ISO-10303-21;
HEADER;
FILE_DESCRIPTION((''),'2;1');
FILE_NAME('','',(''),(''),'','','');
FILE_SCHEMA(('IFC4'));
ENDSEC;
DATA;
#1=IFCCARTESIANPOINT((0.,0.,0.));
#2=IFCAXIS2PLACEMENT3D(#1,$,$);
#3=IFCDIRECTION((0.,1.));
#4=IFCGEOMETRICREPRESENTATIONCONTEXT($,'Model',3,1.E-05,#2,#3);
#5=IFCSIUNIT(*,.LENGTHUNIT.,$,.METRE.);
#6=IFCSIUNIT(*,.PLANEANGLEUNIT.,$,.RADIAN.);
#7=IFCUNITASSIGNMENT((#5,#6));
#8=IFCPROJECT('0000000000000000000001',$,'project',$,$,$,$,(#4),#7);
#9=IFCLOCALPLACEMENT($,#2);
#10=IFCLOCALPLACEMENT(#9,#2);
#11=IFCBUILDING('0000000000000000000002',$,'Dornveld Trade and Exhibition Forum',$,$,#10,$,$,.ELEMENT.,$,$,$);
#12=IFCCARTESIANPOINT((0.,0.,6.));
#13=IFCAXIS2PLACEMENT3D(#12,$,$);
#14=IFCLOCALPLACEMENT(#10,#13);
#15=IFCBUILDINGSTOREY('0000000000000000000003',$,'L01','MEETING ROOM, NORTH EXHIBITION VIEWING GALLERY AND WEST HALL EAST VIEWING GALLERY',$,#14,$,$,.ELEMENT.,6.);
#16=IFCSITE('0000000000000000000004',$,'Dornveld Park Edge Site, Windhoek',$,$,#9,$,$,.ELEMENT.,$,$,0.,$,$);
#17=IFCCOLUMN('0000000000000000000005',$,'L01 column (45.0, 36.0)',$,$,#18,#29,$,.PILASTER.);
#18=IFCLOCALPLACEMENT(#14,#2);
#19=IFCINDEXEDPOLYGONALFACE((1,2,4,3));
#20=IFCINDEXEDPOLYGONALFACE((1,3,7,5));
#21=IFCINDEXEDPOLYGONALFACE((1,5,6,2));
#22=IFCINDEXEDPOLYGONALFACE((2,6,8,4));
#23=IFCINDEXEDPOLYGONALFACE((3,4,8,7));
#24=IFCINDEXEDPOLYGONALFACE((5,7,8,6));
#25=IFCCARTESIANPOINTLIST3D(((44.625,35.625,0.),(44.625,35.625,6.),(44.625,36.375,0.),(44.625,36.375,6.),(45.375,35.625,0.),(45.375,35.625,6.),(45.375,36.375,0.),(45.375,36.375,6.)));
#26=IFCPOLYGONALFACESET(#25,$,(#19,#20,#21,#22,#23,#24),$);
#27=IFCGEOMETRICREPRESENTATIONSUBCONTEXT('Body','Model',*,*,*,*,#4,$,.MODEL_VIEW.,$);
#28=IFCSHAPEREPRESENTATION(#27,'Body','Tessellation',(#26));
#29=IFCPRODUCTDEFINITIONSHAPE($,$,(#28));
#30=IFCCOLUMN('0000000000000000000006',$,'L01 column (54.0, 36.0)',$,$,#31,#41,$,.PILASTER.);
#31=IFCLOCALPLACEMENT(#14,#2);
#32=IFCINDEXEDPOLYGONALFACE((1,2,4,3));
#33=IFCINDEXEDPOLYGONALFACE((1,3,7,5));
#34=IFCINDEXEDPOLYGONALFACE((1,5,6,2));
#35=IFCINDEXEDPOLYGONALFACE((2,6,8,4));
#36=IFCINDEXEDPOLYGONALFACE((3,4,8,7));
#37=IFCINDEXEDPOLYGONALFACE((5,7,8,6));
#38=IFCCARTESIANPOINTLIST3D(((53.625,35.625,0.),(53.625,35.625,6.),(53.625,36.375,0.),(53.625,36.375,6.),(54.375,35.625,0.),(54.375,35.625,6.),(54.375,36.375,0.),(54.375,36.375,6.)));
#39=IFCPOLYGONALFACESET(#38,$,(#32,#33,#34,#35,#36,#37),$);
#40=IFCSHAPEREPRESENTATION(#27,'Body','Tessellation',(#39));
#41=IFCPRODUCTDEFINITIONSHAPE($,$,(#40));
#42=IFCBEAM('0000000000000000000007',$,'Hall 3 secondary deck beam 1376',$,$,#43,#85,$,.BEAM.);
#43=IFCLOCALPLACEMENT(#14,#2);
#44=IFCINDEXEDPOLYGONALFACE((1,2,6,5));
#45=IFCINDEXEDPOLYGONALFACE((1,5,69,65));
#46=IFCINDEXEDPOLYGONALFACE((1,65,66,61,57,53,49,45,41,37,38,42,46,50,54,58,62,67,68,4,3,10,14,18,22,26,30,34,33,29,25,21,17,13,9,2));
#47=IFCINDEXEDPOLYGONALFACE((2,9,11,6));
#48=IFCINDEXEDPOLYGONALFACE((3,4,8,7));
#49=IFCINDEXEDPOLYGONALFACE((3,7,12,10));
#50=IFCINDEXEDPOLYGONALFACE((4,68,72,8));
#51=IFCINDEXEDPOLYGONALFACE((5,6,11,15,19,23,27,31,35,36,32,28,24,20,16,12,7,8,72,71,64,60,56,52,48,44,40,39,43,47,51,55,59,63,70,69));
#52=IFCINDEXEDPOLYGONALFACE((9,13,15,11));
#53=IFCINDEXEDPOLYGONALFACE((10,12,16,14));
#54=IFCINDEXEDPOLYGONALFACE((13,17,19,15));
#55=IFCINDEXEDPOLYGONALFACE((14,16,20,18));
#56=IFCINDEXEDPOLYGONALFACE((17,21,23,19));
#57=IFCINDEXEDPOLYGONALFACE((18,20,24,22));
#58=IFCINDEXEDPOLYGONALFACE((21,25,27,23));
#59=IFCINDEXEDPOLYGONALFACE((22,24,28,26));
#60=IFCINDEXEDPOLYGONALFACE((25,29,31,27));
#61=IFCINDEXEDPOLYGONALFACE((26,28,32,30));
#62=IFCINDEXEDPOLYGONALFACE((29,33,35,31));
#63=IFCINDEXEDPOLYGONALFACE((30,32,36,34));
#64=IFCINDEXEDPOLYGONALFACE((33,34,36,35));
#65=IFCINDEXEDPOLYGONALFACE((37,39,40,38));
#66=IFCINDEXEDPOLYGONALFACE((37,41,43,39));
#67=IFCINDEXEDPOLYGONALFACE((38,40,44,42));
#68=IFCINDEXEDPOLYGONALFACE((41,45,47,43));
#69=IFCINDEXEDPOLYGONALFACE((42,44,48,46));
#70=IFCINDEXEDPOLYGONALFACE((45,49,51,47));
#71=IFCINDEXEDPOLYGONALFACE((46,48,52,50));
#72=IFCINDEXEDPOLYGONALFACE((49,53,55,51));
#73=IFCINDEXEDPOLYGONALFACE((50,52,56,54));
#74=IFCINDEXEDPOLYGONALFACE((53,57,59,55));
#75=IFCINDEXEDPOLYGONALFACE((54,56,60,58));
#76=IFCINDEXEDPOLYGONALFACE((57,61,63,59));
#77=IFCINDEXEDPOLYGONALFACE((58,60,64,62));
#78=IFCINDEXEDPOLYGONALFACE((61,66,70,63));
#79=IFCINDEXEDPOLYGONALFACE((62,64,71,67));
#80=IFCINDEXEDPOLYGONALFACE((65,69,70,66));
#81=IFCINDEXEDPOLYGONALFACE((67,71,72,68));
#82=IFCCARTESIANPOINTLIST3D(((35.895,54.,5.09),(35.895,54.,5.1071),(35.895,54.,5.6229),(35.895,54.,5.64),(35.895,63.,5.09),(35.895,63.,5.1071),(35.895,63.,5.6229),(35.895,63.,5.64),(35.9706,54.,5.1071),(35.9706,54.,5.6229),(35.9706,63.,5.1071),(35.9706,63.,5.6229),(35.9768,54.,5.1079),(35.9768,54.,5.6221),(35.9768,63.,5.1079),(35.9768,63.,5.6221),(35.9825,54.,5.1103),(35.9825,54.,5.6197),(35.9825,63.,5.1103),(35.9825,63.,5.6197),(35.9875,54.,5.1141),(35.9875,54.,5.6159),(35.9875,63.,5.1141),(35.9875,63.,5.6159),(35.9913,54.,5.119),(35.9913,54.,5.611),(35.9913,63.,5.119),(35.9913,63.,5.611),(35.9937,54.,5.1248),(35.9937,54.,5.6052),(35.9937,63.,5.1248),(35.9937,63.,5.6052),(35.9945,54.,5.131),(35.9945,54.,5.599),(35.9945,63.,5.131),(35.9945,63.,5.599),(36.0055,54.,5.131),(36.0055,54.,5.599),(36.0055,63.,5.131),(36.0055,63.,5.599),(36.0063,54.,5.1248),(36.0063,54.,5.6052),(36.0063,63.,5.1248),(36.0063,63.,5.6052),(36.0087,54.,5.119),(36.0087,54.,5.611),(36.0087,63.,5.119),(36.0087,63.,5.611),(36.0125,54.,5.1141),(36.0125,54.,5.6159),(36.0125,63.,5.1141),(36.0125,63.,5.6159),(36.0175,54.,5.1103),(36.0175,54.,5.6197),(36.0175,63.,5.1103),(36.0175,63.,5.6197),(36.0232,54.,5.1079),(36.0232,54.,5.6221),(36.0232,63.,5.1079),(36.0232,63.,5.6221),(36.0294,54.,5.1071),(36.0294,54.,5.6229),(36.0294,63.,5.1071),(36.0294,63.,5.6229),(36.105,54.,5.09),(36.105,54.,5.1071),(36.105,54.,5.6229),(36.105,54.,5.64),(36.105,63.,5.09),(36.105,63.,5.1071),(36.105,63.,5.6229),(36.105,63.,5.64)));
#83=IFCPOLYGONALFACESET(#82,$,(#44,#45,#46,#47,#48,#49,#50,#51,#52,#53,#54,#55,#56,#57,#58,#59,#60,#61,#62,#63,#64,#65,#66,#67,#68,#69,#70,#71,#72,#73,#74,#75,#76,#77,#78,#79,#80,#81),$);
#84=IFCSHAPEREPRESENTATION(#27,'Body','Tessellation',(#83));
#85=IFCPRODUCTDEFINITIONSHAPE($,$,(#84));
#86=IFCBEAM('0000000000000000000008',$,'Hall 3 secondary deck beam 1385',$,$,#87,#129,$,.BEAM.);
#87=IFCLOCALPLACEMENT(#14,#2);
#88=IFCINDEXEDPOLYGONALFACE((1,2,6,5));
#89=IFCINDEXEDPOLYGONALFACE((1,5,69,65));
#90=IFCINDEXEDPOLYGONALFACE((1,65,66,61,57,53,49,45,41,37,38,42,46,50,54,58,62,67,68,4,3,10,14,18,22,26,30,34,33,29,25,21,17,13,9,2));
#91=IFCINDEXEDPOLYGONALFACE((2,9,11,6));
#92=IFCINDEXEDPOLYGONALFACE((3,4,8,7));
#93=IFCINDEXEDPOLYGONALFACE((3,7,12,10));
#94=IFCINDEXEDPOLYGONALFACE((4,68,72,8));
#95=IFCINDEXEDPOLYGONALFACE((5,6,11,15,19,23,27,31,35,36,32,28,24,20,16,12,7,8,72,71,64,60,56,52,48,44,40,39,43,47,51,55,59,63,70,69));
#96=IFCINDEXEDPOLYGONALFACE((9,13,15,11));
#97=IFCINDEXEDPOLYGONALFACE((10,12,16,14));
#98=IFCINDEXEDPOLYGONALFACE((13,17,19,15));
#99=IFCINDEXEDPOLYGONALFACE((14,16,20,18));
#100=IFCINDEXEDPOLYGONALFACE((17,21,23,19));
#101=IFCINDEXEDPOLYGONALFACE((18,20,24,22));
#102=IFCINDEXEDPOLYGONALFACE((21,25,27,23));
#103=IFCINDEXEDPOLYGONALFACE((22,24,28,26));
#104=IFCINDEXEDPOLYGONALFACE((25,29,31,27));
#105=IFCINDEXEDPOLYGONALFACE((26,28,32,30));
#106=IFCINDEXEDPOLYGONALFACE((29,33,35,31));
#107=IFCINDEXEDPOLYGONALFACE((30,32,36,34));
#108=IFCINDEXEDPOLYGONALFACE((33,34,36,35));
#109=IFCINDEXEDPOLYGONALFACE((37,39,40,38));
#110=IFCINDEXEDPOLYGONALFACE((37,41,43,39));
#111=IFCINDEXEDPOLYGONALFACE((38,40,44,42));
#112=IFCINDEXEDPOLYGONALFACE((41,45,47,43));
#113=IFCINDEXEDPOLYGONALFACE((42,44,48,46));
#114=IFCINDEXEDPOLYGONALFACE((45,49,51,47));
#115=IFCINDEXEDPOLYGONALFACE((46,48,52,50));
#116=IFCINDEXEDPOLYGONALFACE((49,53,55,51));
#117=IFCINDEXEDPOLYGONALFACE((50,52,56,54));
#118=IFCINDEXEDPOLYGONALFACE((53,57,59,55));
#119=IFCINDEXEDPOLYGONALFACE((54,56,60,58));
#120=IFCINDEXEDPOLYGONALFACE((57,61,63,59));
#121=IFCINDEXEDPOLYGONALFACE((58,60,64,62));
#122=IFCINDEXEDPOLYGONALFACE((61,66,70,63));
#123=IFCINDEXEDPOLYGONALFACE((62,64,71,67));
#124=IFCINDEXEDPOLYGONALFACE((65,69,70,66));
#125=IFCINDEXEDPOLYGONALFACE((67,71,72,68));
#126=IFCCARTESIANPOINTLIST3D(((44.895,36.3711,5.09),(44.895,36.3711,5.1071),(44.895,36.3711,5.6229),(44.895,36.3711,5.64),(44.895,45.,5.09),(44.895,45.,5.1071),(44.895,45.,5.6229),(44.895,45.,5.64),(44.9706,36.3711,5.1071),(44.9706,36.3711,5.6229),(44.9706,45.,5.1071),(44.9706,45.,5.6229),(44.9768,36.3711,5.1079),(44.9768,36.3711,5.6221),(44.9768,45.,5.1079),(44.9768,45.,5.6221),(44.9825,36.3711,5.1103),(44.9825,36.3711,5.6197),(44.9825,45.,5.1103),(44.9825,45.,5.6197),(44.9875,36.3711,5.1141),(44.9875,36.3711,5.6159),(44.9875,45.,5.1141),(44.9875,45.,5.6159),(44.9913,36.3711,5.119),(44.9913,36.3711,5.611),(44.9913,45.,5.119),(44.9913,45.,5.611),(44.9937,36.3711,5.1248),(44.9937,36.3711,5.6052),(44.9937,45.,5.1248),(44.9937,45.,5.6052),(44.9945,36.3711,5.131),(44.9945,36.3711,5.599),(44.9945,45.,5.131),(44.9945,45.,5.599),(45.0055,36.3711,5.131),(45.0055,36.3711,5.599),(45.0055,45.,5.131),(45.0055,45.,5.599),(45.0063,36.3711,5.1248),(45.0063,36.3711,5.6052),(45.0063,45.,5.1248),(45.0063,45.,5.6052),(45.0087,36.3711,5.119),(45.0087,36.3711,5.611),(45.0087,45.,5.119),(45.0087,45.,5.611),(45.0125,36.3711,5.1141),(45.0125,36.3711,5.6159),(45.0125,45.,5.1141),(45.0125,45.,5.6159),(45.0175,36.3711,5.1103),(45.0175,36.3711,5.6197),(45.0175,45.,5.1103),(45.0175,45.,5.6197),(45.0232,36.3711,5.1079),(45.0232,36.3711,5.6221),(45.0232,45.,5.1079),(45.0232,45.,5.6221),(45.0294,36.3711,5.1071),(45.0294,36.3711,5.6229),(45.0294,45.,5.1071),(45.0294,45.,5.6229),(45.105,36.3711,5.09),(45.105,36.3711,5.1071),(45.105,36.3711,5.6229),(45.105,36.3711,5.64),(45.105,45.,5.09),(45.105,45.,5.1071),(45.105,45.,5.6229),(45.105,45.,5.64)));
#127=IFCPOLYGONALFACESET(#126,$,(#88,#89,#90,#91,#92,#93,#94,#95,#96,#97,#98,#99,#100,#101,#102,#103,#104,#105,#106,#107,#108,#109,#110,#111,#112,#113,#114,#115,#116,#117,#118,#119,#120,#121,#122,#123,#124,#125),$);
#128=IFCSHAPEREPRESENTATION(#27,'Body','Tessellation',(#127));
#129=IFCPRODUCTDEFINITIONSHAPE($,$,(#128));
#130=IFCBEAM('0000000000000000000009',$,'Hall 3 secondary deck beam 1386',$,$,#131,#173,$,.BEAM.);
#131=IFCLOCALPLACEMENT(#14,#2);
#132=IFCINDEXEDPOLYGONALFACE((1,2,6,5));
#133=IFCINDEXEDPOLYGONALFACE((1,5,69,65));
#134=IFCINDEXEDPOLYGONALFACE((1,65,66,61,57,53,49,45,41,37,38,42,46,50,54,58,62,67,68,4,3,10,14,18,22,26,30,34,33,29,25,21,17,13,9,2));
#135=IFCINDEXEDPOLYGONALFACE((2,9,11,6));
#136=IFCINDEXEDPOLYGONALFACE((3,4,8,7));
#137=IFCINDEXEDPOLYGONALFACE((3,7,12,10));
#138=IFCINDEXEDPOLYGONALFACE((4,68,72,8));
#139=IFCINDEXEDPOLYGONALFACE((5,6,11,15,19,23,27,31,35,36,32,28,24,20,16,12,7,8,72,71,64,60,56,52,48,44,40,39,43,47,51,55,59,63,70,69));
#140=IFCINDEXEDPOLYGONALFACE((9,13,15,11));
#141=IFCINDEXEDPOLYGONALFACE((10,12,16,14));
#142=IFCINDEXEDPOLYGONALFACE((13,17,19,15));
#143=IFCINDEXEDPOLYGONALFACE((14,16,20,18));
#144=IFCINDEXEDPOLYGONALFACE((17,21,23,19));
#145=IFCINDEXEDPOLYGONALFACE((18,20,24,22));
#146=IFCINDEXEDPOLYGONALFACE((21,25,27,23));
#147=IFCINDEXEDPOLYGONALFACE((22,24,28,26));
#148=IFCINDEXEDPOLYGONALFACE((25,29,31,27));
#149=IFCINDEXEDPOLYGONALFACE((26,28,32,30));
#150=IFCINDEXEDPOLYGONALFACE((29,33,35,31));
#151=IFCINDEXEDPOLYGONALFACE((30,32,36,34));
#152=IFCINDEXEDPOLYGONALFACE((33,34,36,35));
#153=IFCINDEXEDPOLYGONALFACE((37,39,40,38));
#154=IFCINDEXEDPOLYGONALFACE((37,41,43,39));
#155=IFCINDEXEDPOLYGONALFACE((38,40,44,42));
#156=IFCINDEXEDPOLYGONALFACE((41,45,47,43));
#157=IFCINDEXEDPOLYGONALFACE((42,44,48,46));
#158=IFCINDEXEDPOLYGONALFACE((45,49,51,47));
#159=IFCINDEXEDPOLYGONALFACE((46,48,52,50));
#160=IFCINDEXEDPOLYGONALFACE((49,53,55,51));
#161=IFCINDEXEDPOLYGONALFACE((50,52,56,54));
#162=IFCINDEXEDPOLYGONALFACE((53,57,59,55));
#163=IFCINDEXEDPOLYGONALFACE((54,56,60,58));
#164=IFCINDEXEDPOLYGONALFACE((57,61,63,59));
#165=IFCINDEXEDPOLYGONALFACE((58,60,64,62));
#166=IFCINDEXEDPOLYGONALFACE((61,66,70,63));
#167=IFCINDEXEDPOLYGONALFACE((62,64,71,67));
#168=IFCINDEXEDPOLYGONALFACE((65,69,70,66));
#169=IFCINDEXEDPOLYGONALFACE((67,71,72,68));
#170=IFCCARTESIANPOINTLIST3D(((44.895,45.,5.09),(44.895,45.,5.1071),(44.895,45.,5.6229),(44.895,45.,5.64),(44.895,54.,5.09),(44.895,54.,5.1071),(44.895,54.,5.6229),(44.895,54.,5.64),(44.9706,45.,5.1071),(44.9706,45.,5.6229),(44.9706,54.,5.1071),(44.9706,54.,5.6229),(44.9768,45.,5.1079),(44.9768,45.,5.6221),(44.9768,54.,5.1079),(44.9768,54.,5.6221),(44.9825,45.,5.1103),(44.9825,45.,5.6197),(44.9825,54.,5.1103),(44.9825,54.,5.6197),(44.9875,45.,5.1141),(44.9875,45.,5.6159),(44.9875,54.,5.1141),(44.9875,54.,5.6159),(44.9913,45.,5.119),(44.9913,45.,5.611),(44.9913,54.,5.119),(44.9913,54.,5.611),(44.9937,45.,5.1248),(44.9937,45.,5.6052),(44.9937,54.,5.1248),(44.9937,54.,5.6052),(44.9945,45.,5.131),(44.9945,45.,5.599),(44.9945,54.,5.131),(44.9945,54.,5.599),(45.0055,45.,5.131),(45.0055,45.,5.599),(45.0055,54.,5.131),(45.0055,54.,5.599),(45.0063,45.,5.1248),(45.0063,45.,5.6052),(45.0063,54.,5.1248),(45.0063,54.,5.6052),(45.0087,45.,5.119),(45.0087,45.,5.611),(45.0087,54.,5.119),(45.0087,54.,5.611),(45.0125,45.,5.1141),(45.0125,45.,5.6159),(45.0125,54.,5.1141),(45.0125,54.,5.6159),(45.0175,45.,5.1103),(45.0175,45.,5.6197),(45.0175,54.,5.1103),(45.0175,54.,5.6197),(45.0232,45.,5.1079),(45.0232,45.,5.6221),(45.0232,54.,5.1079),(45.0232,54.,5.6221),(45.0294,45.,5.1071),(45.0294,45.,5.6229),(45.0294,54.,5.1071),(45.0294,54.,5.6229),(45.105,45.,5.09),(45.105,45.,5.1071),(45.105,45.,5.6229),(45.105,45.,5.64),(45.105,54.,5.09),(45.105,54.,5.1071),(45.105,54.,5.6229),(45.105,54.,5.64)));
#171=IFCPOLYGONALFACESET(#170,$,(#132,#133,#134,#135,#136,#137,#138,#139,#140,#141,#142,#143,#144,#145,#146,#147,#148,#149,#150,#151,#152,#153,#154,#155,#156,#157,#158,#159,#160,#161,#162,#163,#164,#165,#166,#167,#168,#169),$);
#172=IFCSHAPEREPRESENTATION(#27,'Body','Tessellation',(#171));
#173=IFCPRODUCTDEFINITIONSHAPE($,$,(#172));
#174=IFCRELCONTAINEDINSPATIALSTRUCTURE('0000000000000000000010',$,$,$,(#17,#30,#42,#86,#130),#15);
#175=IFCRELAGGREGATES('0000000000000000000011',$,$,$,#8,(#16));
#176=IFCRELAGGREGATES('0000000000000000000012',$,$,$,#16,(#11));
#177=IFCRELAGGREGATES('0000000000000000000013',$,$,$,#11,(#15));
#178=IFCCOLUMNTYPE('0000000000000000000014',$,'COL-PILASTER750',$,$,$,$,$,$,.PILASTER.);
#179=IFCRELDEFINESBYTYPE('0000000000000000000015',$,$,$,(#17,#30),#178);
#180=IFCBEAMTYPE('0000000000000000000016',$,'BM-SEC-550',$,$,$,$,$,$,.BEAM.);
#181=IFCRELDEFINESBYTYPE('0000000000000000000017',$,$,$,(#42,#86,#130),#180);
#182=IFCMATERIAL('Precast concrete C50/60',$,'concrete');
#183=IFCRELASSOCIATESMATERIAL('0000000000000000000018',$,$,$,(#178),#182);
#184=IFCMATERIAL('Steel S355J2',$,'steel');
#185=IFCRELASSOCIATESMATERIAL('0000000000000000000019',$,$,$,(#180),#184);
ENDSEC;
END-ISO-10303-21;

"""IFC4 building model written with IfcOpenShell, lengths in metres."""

from ifc_helpers import new_model, si_unit, direction, frame, origin, origin_2d, place, context, subcontext, project, spatial, rectangle, i_section, extrude, material, material_profile, profile_set, type_object, element, save


model = new_model("IFC4")

# Units and contexts
model_context = context("Model", 3, precision=1e-05, world=origin(), true_north=direction((0.0, 1.0)))
body_context = subcontext(model_context, "Body", "Model", "MODEL_VIEW")
ifc_project = project(units=[si_unit("LENGTHUNIT", "METRE"), si_unit("PLANEANGLEUNIT", "RADIAN")], contexts=[model_context])

# Site, building, storey
site_placement = place(None, origin())
site = spatial("IfcSite", under=ifc_project, at=site_placement, Name="Dornveld Park Edge Site, Windhoek", CompositionType="ELEMENT", RefElevation=0.0)
building_placement = place(site_placement, origin())
building = spatial("IfcBuilding", under=site, at=building_placement, Name="Dornveld Trade and Exhibition Forum", CompositionType="ELEMENT")
storey_placement = place(building_placement, frame((0.0, 0.0, 6.0)))
storey = spatial("IfcBuildingStorey", under=building, at=storey_placement, Name="L01", Description="MEETING ROOM, NORTH EXHIBITION VIEWING GALLERY AND WEST HALL EAST VIEWING GALLERY", CompositionType="ELEMENT", Elevation=6.0)

# Columns
ifc_material_1 = material(Name="Precast concrete C50/60", Category="concrete")
ifc_material_profile_1 = material_profile(ifc_material_1, rectangle(XDim=0.75, YDim=0.75, at=origin_2d()), Name="PC-COL 750x750")
ifc_profile_set_1 = profile_set([ifc_material_profile_1], Name="Precast concrete C50/60")
column_type = type_object("IfcColumnType", Name="COL-PILASTER750", PredefinedType="PILASTER", material=ifc_profile_set_1)
for number, where, z_axis, x_axis, name in (
    (1, (45.0, 36.0, 0.0), (0.0, 0.0, 1.0), (1.0, 0.0, 0.0), "L01 column (45.0, 36.0)"),
    (2, (54.0, 36.0, 0.0), (0.0, 0.0, 1.0), (1.0, 0.0, 0.0), "L01 column (54.0, 36.0)"),
):
    element("IfcColumn", number, at=place(storey_placement, frame(where, z_axis=z_axis, x_axis=x_axis)), inside=storey, type_object=column_type, Name=name, PredefinedType="PILASTER", context=body_context, shape_type="SweptSolid", body=[
        extrude(rectangle(XDim=0.75, YDim=0.75, at=origin_2d()), origin(), (0.0, 0.0, 1.0), 6.0),
    ])

# Beams
ifc_material_2 = material(Name="Steel S355J2", Category="steel")
ifc_material_profile_2 = material_profile(ifc_material_2, i_section(OverallWidth=0.21, OverallDepth=0.55, WebThickness=0.011, FlangeThickness=0.0171, FilletRadius=0.0239, at=origin_2d()), Name="IPE 550")
ifc_profile_set_2 = profile_set([ifc_material_profile_2], Name="Steel S355J2")
beam_type_1 = type_object("IfcBeamType", Name="BM-SEC-550", PredefinedType="BEAM", material=ifc_profile_set_2)
beam_1_placement = place(storey_placement, frame((36.0, 54.0, 5.365), z_axis=(0.0, 1.0, 0.0), x_axis=(-1.0, 0.0, 0.0)))
element("IfcBeam", 3, at=beam_1_placement, inside=storey, type_object=beam_type_1, Name="Hall 3 secondary deck beam 1376", PredefinedType="BEAM", context=body_context, shape_type="SweptSolid", body=[
    extrude(i_section(OverallWidth=0.21, OverallDepth=0.55, WebThickness=0.011, FlangeThickness=0.0171, FilletRadius=0.0239, at=origin_2d()), origin(), (0.0, 0.0, 1.0), 9.0),
])
beam_2_placement = place(storey_placement, frame((45.0, 36.3711, 5.365), z_axis=(0.0, 1.0, 0.0), x_axis=(-1.0, 0.0, 0.0)))
element("IfcBeam", 4, at=beam_2_placement, inside=storey, type_object=beam_type_1, Name="Hall 3 secondary deck beam 1385", PredefinedType="BEAM", context=body_context, shape_type="SweptSolid", body=[
    extrude(i_section(OverallWidth=0.21, OverallDepth=0.55, WebThickness=0.011, FlangeThickness=0.0171, FilletRadius=0.0239, at=origin_2d()), origin(), (0.0, 0.0, 1.0), 8.6289),
])
beam_3_placement = place(storey_placement, frame((45.0, 45.0, 5.365), z_axis=(0.0, 1.0, 0.0), x_axis=(-1.0, 0.0, 0.0)))
element("IfcBeam", 5, at=beam_3_placement, inside=storey, type_object=beam_type_1, Name="Hall 3 secondary deck beam 1386", PredefinedType="BEAM", context=body_context, shape_type="SweptSolid", body=[
    extrude(i_section(OverallWidth=0.21, OverallDepth=0.55, WebThickness=0.011, FlangeThickness=0.0171, FilletRadius=0.0239, at=origin_2d()), origin(), (0.0, 0.0, 1.0), 9.0),
])

save(model, "model.ifc")
